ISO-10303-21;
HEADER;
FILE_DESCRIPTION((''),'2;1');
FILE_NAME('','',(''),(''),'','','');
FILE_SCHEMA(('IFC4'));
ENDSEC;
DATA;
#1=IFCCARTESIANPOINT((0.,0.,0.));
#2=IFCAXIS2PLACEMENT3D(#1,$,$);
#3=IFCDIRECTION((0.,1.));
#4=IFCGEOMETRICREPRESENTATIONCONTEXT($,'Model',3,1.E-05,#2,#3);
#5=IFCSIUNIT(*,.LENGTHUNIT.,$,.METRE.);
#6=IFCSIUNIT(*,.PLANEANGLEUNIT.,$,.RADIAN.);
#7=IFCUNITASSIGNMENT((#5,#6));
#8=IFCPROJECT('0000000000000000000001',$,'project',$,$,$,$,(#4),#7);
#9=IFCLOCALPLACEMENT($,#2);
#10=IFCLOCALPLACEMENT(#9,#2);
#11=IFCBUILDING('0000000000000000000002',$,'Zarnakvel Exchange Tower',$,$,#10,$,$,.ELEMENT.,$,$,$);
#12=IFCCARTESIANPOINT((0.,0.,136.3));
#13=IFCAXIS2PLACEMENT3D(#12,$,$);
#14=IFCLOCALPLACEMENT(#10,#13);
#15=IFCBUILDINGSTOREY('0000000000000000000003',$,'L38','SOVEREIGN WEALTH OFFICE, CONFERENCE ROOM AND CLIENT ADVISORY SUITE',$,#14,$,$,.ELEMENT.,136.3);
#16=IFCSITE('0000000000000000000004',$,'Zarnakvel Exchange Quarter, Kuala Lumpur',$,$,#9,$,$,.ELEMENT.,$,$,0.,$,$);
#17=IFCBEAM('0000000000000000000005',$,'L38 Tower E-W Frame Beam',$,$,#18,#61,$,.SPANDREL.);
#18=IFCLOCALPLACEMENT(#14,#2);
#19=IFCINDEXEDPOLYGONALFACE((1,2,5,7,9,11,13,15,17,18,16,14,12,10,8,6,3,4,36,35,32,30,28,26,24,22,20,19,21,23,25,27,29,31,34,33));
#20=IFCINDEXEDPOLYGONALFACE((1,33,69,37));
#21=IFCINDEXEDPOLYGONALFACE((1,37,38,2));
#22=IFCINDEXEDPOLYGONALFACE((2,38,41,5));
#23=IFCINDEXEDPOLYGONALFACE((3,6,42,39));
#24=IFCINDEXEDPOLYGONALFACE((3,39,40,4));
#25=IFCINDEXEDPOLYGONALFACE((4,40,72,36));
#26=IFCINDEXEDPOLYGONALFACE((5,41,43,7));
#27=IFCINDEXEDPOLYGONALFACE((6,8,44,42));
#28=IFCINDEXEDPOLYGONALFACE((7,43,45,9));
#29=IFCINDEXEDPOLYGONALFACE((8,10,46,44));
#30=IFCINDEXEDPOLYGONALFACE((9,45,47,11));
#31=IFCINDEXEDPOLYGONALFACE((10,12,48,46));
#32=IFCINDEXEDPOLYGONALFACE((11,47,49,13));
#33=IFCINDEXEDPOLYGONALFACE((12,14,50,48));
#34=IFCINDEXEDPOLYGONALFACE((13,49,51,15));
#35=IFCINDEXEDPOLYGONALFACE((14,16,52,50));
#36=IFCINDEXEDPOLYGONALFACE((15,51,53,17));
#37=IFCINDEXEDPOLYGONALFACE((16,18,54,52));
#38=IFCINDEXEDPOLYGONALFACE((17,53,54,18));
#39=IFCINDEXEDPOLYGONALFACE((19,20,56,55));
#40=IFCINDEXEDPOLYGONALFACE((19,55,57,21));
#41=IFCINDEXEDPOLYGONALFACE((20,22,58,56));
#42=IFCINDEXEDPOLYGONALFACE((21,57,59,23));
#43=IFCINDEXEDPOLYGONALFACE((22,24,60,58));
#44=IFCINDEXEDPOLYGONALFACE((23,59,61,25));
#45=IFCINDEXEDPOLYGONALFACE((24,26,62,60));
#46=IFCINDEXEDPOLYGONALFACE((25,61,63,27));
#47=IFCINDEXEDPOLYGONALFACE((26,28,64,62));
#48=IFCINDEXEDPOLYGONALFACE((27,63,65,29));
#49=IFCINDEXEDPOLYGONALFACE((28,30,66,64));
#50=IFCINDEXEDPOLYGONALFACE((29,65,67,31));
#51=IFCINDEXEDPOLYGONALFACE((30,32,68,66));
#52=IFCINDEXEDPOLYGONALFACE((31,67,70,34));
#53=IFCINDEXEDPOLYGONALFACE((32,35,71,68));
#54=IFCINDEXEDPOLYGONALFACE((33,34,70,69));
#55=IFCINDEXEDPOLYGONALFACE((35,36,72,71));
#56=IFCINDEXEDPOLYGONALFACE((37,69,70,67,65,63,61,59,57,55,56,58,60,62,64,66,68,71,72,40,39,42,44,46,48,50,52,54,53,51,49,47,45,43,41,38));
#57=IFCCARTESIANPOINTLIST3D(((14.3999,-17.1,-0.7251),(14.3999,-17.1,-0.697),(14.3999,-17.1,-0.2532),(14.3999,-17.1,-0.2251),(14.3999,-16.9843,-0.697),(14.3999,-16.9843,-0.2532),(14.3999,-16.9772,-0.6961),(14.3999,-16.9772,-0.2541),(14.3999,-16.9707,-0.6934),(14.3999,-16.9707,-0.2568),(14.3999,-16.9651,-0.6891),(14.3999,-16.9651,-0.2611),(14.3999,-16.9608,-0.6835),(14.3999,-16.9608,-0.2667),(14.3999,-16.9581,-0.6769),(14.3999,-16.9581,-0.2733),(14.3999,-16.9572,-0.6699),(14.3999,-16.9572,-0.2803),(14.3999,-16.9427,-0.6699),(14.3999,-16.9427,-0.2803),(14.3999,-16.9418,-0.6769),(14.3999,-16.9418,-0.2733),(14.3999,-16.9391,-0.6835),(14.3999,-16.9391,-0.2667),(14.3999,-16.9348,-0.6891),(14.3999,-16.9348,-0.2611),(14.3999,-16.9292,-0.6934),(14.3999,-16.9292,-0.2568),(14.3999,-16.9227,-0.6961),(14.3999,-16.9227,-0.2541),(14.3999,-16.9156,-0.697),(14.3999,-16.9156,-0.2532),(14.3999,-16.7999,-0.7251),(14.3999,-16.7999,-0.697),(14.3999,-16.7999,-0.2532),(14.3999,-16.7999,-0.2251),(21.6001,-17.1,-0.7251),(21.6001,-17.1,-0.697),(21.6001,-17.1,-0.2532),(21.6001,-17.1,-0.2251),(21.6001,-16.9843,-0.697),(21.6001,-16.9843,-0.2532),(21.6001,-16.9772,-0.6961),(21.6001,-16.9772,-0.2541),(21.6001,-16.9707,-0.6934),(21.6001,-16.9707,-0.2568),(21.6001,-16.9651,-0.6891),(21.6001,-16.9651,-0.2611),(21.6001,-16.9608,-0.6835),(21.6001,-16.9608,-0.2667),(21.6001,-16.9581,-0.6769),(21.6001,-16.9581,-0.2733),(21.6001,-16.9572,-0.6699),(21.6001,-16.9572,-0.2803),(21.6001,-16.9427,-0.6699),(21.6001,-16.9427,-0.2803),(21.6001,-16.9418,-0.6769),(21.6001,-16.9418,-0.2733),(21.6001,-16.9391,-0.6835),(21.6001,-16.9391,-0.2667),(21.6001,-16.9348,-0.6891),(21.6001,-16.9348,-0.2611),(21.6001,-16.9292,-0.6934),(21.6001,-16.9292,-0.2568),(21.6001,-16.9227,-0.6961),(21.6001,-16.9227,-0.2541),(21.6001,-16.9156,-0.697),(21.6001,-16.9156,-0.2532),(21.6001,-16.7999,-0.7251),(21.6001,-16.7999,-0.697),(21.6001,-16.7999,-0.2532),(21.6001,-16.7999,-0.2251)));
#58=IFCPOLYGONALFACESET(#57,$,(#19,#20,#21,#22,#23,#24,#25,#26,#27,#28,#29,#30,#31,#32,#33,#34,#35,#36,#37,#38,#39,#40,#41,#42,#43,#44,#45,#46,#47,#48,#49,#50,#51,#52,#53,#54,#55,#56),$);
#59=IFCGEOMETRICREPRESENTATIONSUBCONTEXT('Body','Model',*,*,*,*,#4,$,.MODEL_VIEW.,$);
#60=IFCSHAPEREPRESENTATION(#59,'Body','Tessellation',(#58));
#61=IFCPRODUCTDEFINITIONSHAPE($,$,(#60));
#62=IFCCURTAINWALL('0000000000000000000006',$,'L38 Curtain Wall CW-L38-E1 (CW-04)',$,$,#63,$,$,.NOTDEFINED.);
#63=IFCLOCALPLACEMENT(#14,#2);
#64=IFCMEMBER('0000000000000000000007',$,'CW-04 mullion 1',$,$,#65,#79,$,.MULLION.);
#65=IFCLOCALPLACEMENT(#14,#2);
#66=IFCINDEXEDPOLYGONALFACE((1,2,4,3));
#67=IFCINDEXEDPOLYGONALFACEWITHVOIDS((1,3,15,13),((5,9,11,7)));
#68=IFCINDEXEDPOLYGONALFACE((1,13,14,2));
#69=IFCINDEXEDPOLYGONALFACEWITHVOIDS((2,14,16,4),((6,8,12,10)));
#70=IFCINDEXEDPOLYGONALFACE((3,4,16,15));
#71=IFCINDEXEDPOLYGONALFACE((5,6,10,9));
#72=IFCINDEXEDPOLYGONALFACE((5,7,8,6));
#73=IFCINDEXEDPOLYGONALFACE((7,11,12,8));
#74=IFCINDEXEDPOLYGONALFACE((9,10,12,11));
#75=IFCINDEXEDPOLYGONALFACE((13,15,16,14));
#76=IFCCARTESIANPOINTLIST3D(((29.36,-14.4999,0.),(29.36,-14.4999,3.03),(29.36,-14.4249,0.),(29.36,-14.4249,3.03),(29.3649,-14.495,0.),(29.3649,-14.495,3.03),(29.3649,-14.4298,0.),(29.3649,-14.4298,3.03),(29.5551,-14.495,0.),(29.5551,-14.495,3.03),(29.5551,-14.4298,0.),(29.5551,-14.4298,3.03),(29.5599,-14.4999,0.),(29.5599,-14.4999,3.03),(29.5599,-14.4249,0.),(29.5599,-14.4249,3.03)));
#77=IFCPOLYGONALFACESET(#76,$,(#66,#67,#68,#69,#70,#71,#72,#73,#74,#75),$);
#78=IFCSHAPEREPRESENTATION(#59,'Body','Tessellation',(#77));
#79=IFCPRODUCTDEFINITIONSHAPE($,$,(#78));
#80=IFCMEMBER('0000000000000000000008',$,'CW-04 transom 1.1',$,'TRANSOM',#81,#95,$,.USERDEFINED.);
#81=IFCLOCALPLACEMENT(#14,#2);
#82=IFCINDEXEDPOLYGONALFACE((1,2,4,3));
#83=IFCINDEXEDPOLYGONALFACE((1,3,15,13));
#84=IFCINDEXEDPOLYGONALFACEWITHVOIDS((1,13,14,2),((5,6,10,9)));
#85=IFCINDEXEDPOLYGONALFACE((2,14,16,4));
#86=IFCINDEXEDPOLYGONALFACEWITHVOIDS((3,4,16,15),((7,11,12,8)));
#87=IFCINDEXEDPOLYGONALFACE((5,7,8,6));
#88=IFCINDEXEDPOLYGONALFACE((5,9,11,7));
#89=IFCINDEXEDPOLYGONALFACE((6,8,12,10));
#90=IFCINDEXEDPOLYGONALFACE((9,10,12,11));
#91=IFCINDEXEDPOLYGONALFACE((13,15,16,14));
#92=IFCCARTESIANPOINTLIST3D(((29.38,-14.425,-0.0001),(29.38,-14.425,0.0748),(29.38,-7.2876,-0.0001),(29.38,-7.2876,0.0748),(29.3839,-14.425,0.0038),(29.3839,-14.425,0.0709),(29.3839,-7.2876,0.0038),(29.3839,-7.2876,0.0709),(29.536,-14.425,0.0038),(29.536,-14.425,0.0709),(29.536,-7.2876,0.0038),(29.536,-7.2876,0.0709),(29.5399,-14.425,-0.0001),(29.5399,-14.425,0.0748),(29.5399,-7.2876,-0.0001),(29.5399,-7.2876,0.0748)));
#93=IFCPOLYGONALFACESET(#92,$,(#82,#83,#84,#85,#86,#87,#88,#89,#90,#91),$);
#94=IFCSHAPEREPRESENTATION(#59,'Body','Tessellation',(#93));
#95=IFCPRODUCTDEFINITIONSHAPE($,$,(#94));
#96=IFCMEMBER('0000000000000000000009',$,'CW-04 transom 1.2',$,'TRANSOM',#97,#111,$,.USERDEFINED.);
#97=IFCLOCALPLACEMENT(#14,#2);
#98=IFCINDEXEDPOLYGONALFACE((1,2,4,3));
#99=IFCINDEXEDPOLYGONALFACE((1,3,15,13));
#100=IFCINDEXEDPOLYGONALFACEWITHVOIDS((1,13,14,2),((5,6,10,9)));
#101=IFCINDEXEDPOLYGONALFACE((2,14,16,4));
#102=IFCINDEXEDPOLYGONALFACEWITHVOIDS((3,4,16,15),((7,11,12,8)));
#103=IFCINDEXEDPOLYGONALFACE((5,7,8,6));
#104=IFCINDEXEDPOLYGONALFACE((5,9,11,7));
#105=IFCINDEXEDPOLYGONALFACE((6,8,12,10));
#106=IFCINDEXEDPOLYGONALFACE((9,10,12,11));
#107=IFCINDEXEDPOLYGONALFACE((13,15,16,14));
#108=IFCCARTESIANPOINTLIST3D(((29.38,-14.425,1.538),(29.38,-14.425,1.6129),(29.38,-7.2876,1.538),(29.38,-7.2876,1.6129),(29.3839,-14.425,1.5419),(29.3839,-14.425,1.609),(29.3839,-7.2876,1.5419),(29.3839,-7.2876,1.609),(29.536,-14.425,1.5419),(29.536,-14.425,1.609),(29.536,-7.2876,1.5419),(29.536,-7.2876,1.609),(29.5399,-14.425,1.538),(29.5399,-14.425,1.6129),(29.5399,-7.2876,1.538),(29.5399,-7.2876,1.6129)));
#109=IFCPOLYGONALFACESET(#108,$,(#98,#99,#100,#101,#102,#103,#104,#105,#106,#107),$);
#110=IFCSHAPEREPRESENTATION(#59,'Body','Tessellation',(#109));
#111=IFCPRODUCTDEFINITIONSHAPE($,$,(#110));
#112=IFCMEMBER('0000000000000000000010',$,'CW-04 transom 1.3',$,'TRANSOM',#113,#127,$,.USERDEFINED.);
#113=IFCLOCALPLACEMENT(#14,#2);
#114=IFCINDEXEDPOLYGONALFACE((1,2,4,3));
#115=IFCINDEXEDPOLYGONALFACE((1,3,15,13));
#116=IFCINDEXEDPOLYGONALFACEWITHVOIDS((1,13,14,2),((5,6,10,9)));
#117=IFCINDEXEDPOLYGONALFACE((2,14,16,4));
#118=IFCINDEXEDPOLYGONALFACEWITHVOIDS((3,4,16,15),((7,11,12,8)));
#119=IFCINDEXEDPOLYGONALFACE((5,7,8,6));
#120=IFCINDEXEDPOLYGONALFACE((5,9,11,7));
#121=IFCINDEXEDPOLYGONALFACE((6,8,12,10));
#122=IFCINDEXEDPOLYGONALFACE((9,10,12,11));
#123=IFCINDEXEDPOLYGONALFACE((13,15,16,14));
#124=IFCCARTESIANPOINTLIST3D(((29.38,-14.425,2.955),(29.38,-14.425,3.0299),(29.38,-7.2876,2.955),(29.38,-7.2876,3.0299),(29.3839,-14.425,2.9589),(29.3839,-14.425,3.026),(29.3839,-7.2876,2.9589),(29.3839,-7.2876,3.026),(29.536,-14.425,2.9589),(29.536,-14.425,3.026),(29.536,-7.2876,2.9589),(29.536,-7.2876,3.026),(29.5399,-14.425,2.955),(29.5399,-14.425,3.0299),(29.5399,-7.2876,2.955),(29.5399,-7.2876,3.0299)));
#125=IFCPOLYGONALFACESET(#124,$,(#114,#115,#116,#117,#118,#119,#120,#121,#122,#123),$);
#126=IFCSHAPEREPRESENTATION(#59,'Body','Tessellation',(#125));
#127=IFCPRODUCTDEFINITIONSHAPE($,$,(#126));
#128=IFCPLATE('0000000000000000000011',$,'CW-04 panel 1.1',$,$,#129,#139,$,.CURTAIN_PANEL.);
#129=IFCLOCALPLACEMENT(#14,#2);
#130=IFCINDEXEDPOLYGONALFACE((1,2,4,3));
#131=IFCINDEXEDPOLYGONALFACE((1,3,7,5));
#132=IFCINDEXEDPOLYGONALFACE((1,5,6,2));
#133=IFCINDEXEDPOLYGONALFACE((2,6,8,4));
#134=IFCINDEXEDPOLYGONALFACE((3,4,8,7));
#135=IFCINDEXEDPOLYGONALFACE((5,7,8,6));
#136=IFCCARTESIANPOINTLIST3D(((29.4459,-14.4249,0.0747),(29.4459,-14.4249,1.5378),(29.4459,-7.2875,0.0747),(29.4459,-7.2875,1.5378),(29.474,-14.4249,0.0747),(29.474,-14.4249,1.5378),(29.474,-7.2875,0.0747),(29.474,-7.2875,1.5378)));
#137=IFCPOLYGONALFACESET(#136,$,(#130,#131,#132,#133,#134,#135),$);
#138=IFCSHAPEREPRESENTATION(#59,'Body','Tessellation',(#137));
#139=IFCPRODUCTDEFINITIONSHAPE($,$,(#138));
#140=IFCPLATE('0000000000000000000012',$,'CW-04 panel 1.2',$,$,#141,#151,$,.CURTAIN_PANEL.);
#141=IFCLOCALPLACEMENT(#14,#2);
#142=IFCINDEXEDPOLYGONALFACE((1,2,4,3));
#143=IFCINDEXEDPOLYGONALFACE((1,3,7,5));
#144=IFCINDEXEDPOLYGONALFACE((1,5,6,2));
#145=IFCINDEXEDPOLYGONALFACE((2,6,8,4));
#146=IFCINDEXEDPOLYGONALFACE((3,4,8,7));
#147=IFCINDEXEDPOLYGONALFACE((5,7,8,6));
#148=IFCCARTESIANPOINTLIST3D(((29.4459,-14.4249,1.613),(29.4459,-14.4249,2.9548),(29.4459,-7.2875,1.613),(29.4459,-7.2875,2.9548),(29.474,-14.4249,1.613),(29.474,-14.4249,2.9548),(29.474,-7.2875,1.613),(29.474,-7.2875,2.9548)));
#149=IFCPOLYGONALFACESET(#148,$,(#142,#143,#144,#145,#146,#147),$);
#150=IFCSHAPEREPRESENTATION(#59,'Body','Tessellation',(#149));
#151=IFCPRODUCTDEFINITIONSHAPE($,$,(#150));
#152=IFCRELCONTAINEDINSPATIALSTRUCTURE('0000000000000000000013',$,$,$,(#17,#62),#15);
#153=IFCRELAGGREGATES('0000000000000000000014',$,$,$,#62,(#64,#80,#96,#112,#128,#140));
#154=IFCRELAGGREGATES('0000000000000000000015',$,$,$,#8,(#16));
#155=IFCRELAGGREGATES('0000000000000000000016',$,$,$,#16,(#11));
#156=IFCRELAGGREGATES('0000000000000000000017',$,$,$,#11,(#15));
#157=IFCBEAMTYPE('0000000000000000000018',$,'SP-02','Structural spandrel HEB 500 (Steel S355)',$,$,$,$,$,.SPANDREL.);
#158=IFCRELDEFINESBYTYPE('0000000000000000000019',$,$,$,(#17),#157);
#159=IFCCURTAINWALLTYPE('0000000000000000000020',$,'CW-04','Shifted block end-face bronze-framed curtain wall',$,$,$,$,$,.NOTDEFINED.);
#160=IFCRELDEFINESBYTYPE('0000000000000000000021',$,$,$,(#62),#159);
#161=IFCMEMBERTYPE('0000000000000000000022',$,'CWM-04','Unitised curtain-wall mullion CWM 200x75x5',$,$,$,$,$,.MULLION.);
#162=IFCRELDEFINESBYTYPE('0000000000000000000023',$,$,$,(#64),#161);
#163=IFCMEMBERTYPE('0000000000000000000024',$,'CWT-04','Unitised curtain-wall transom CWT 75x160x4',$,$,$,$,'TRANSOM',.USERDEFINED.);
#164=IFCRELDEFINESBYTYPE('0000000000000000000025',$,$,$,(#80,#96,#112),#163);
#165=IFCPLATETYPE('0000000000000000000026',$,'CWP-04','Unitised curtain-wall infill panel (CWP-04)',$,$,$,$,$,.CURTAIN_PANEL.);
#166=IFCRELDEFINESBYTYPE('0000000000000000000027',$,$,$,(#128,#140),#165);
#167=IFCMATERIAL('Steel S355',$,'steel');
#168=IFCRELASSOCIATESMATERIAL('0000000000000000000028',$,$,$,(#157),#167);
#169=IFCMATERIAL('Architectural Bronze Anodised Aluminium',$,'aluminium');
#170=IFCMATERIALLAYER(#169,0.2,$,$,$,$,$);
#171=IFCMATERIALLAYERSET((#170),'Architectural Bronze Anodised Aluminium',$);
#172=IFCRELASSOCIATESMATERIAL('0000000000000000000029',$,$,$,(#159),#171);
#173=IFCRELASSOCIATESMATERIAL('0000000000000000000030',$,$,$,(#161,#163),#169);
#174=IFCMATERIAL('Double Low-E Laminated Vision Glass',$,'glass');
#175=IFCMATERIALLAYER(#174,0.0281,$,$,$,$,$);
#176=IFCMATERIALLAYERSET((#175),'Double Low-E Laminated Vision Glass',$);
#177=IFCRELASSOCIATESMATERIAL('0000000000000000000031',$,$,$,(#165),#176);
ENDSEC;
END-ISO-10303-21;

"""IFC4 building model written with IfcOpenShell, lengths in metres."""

from ifc_helpers import new_model, si_unit, direction, frame, origin, origin_2d, place, context, subcontext, project, spatial, rectangle, hollow_rectangle, i_section, extrude, source, transform, mapped, material, layer, layer_set, material_profile, profile_set, type_object, element, aggregate, save


model = new_model("IFC4")

# Units and contexts
model_context = context("Model", 3, precision=1e-05, world=origin(), true_north=direction((0.0, 1.0)))
body_context = subcontext(model_context, "Body", "Model", "MODEL_VIEW")
ifc_project = project(units=[si_unit("LENGTHUNIT", "METRE"), si_unit("PLANEANGLEUNIT", "RADIAN")], contexts=[model_context])

# Site, building, storey
site_placement = place(None, origin())
site = spatial("IfcSite", under=ifc_project, at=site_placement, Name="Zarnakvel Exchange Quarter, Kuala Lumpur", CompositionType="ELEMENT", RefElevation=0.0)
building_placement = place(site_placement, origin())
building = spatial("IfcBuilding", under=site, at=building_placement, Name="Zarnakvel Exchange Tower", CompositionType="ELEMENT")
storey_placement = place(building_placement, frame((0.0, 0.0, 136.3)))
storey = spatial("IfcBuildingStorey", under=building, at=storey_placement, Name="L38", Description="SOVEREIGN WEALTH OFFICE, CONFERENCE ROOM AND CLIENT ADVISORY SUITE", CompositionType="ELEMENT", Elevation=136.3)

# Beam
ifc_material_1 = material(Name="Steel S355", Category="steel")
ifc_material_profile_1 = material_profile(ifc_material_1, i_section(OverallWidth=0.3, OverallDepth=0.5, WebThickness=0.0144, FlangeThickness=0.0281, FilletRadius=0.0271, at=origin_2d()))
ifc_profile_set_1 = profile_set([ifc_material_profile_1], Name="Steel S355")
beam_type_1 = type_object("IfcBeamType", Name="SP-02", Description="Structural spandrel HEB 500 (Steel S355)", PredefinedType="SPANDREL", material=ifc_profile_set_1)
beam_1_placement = place(storey_placement, frame((14.3999, -16.95, -0.4751), z_axis=(1.0, 0.0, 0.0), x_axis=(0.0, 1.0, 0.0)))
element("IfcBeam", 1, at=beam_1_placement, inside=storey, type_object=beam_type_1, Name="L38 Tower E-W Frame Beam", PredefinedType="SPANDREL", context=body_context, shape_type="SweptSolid", body=[
    extrude(i_section(OverallWidth=0.3, OverallDepth=0.5, WebThickness=0.0144, FlangeThickness=0.0281, FilletRadius=0.0271, at=origin_2d()), origin(), (0.0, 0.0, 1.0), 7.2002),
])

# Curtain wall, members, plates
ifc_material_2 = material(Name="Architectural Bronze Anodised Aluminium", Category="aluminium")
ifc_layer_1 = layer(ifc_material_2, 0.2)
ifc_layer_set_1 = layer_set([ifc_layer_1], Name="Architectural Bronze Anodised Aluminium")
curtain_wall_type = type_object("IfcCurtainWallType", Name="CW-04", Description="Shifted block end-face bronze-framed curtain wall", PredefinedType="NOTDEFINED", material=ifc_layer_set_1)
curtain_wall_placement = place(storey_placement, origin())
curtain_wall = element("IfcCurtainWall", 2, at=curtain_wall_placement, inside=storey, type_object=curtain_wall_type, Name="L38 Curtain Wall CW-L38-E1 (CW-04)", PredefinedType="NOTDEFINED")
ifc_material_profile_2 = material_profile(ifc_material_2, hollow_rectangle(XDim=0.2, YDim=0.075, WallThickness=0.0049, at=origin_2d()))
ifc_profile_set_2 = profile_set([ifc_material_profile_2], Name="Architectural Bronze Anodised Aluminium")
member_type_1 = type_object("IfcMemberType", Name="CWM-04", Description="Unitised curtain-wall mullion CWM 200x75x5", PredefinedType="MULLION", material=ifc_profile_set_2)
shared_shape_1 = source(origin(), body_context, "Body", "SweptSolid", [
    extrude(hollow_rectangle(XDim=0.2, YDim=0.075, WallThickness=0.0049, at=origin_2d()), origin(), (0.0, 0.0, 1.0), 3.03),
])
member_1_placement = place(storey_placement, frame((29.46, -14.4624, 0.0), z_axis=(0.0, 0.0, 1.0), x_axis=(-1.0, 0.0, 0.0)))
member_1 = element("IfcMember", 3, at=member_1_placement, type_object=member_type_1, Name="CW-04 mullion 1", PredefinedType="MULLION", context=body_context, shape_type="MappedRepresentation", body=[
    mapped(shared_shape_1, transform((0.0, 0.0, 0.0), x_axis=(1.0, 0.0, 0.0), y_axis=(0.0, 1.0, 0.0), z_axis=(0.0, 0.0, 1.0), scale=1.0)),
])
ifc_material_profile_3 = material_profile(ifc_material_2, hollow_rectangle(XDim=0.1599, YDim=0.075, WallThickness=0.0039, at=origin_2d()))
ifc_profile_set_3 = profile_set([ifc_material_profile_3], Name="Architectural Bronze Anodised Aluminium")
member_type_2 = type_object("IfcMemberType", Name="CWT-04", Description="Unitised curtain-wall transom CWT 75x160x4", ElementType="TRANSOM", PredefinedType="USERDEFINED", material=ifc_profile_set_3)
shared_shape_2 = source(origin(), body_context, "Body", "SweptSolid", [
    extrude(hollow_rectangle(XDim=0.1599, YDim=0.075, WallThickness=0.0039, at=origin_2d()), origin(), (0.0, 0.0, 1.0), 7.1375),
])
member_2_placement = place(storey_placement, frame((29.46, -14.425, 0.0374), z_axis=(0.0, 1.0, 0.0), x_axis=(-1.0, 0.0, 0.0)))
member_2 = element("IfcMember", 4, at=member_2_placement, type_object=member_type_2, Name="CW-04 transom 1.1", ObjectType="TRANSOM", PredefinedType="USERDEFINED", context=body_context, shape_type="MappedRepresentation", body=[
    mapped(shared_shape_2, transform((0.0, 0.0, 0.0), x_axis=(1.0, 0.0, 0.0), y_axis=(0.0, 1.0, 0.0), z_axis=(0.0, 0.0, 1.0), scale=1.0)),
])
member_3_placement = place(storey_placement, frame((29.46, -14.425, 1.5754), z_axis=(0.0, 1.0, 0.0), x_axis=(-1.0, 0.0, 0.0)))
member_3 = element("IfcMember", 5, at=member_3_placement, type_object=member_type_2, Name="CW-04 transom 1.2", ObjectType="TRANSOM", PredefinedType="USERDEFINED", context=body_context, shape_type="MappedRepresentation", body=[
    mapped(shared_shape_2, transform((0.0, 0.0, 0.0), x_axis=(1.0, 0.0, 0.0), y_axis=(0.0, 1.0, 0.0), z_axis=(0.0, 0.0, 1.0), scale=1.0)),
])
member_4_placement = place(storey_placement, frame((29.46, -14.425, 2.9924), z_axis=(0.0, 1.0, 0.0), x_axis=(-1.0, 0.0, 0.0)))
member_4 = element("IfcMember", 6, at=member_4_placement, type_object=member_type_2, Name="CW-04 transom 1.3", ObjectType="TRANSOM", PredefinedType="USERDEFINED", context=body_context, shape_type="MappedRepresentation", body=[
    mapped(shared_shape_2, transform((0.0, 0.0, 0.0), x_axis=(1.0, 0.0, 0.0), y_axis=(0.0, 1.0, 0.0), z_axis=(0.0, 0.0, 1.0), scale=1.0)),
])
ifc_material_3 = material(Name="Double Low-E Laminated Vision Glass", Category="glass")
ifc_layer_2 = layer(ifc_material_3, 0.0281)
ifc_layer_set_2 = layer_set([ifc_layer_2], Name="Double Low-E Laminated Vision Glass")
plate_type = type_object("IfcPlateType", Name="CWP-04", Description="Unitised curtain-wall infill panel (CWP-04)", PredefinedType="CURTAIN_PANEL", material=ifc_layer_set_2)
shared_shape_3 = source(origin(), body_context, "Body", "SweptSolid", [
    extrude(rectangle(XDim=7.1375, YDim=0.0281, at=origin_2d()), origin(), (0.0, 0.0, 1.0), 1.4631),
])
plate_1_placement = place(storey_placement, frame((29.46, -10.8562, 0.0747), z_axis=(0.0, 0.0, 1.0), x_axis=(0.0, 1.0, 0.0)))
plate_1 = element("IfcPlate", 7, at=plate_1_placement, type_object=plate_type, Name="CW-04 panel 1.1", PredefinedType="CURTAIN_PANEL", context=body_context, shape_type="MappedRepresentation", body=[
    mapped(shared_shape_3, transform((0.0, 0.0, 0.0), x_axis=(1.0, 0.0, 0.0), y_axis=(0.0, 1.0, 0.0), z_axis=(0.0, 0.0, 1.0), scale=1.0)),
])
shared_shape_4 = source(origin(), body_context, "Body", "SweptSolid", [
    extrude(rectangle(XDim=7.1375, YDim=0.0281, at=origin_2d()), origin(), (0.0, 0.0, 1.0), 1.3418),
])
plate_2_placement = place(storey_placement, frame((29.46, -10.8562, 1.613), z_axis=(0.0, 0.0, 1.0), x_axis=(0.0, 1.0, 0.0)))
plate_2 = element("IfcPlate", 8, at=plate_2_placement, type_object=plate_type, Name="CW-04 panel 1.2", PredefinedType="CURTAIN_PANEL", context=body_context, shape_type="MappedRepresentation", body=[
    mapped(shared_shape_4, transform((0.0, 0.0, 0.0), x_axis=(1.0, 0.0, 0.0), y_axis=(0.0, 1.0, 0.0), z_axis=(0.0, 0.0, 1.0), scale=1.0)),
])
aggregate(curtain_wall, [member_1, member_2, member_3, member_4, plate_1, plate_2])

save(model, "model.ifc")
